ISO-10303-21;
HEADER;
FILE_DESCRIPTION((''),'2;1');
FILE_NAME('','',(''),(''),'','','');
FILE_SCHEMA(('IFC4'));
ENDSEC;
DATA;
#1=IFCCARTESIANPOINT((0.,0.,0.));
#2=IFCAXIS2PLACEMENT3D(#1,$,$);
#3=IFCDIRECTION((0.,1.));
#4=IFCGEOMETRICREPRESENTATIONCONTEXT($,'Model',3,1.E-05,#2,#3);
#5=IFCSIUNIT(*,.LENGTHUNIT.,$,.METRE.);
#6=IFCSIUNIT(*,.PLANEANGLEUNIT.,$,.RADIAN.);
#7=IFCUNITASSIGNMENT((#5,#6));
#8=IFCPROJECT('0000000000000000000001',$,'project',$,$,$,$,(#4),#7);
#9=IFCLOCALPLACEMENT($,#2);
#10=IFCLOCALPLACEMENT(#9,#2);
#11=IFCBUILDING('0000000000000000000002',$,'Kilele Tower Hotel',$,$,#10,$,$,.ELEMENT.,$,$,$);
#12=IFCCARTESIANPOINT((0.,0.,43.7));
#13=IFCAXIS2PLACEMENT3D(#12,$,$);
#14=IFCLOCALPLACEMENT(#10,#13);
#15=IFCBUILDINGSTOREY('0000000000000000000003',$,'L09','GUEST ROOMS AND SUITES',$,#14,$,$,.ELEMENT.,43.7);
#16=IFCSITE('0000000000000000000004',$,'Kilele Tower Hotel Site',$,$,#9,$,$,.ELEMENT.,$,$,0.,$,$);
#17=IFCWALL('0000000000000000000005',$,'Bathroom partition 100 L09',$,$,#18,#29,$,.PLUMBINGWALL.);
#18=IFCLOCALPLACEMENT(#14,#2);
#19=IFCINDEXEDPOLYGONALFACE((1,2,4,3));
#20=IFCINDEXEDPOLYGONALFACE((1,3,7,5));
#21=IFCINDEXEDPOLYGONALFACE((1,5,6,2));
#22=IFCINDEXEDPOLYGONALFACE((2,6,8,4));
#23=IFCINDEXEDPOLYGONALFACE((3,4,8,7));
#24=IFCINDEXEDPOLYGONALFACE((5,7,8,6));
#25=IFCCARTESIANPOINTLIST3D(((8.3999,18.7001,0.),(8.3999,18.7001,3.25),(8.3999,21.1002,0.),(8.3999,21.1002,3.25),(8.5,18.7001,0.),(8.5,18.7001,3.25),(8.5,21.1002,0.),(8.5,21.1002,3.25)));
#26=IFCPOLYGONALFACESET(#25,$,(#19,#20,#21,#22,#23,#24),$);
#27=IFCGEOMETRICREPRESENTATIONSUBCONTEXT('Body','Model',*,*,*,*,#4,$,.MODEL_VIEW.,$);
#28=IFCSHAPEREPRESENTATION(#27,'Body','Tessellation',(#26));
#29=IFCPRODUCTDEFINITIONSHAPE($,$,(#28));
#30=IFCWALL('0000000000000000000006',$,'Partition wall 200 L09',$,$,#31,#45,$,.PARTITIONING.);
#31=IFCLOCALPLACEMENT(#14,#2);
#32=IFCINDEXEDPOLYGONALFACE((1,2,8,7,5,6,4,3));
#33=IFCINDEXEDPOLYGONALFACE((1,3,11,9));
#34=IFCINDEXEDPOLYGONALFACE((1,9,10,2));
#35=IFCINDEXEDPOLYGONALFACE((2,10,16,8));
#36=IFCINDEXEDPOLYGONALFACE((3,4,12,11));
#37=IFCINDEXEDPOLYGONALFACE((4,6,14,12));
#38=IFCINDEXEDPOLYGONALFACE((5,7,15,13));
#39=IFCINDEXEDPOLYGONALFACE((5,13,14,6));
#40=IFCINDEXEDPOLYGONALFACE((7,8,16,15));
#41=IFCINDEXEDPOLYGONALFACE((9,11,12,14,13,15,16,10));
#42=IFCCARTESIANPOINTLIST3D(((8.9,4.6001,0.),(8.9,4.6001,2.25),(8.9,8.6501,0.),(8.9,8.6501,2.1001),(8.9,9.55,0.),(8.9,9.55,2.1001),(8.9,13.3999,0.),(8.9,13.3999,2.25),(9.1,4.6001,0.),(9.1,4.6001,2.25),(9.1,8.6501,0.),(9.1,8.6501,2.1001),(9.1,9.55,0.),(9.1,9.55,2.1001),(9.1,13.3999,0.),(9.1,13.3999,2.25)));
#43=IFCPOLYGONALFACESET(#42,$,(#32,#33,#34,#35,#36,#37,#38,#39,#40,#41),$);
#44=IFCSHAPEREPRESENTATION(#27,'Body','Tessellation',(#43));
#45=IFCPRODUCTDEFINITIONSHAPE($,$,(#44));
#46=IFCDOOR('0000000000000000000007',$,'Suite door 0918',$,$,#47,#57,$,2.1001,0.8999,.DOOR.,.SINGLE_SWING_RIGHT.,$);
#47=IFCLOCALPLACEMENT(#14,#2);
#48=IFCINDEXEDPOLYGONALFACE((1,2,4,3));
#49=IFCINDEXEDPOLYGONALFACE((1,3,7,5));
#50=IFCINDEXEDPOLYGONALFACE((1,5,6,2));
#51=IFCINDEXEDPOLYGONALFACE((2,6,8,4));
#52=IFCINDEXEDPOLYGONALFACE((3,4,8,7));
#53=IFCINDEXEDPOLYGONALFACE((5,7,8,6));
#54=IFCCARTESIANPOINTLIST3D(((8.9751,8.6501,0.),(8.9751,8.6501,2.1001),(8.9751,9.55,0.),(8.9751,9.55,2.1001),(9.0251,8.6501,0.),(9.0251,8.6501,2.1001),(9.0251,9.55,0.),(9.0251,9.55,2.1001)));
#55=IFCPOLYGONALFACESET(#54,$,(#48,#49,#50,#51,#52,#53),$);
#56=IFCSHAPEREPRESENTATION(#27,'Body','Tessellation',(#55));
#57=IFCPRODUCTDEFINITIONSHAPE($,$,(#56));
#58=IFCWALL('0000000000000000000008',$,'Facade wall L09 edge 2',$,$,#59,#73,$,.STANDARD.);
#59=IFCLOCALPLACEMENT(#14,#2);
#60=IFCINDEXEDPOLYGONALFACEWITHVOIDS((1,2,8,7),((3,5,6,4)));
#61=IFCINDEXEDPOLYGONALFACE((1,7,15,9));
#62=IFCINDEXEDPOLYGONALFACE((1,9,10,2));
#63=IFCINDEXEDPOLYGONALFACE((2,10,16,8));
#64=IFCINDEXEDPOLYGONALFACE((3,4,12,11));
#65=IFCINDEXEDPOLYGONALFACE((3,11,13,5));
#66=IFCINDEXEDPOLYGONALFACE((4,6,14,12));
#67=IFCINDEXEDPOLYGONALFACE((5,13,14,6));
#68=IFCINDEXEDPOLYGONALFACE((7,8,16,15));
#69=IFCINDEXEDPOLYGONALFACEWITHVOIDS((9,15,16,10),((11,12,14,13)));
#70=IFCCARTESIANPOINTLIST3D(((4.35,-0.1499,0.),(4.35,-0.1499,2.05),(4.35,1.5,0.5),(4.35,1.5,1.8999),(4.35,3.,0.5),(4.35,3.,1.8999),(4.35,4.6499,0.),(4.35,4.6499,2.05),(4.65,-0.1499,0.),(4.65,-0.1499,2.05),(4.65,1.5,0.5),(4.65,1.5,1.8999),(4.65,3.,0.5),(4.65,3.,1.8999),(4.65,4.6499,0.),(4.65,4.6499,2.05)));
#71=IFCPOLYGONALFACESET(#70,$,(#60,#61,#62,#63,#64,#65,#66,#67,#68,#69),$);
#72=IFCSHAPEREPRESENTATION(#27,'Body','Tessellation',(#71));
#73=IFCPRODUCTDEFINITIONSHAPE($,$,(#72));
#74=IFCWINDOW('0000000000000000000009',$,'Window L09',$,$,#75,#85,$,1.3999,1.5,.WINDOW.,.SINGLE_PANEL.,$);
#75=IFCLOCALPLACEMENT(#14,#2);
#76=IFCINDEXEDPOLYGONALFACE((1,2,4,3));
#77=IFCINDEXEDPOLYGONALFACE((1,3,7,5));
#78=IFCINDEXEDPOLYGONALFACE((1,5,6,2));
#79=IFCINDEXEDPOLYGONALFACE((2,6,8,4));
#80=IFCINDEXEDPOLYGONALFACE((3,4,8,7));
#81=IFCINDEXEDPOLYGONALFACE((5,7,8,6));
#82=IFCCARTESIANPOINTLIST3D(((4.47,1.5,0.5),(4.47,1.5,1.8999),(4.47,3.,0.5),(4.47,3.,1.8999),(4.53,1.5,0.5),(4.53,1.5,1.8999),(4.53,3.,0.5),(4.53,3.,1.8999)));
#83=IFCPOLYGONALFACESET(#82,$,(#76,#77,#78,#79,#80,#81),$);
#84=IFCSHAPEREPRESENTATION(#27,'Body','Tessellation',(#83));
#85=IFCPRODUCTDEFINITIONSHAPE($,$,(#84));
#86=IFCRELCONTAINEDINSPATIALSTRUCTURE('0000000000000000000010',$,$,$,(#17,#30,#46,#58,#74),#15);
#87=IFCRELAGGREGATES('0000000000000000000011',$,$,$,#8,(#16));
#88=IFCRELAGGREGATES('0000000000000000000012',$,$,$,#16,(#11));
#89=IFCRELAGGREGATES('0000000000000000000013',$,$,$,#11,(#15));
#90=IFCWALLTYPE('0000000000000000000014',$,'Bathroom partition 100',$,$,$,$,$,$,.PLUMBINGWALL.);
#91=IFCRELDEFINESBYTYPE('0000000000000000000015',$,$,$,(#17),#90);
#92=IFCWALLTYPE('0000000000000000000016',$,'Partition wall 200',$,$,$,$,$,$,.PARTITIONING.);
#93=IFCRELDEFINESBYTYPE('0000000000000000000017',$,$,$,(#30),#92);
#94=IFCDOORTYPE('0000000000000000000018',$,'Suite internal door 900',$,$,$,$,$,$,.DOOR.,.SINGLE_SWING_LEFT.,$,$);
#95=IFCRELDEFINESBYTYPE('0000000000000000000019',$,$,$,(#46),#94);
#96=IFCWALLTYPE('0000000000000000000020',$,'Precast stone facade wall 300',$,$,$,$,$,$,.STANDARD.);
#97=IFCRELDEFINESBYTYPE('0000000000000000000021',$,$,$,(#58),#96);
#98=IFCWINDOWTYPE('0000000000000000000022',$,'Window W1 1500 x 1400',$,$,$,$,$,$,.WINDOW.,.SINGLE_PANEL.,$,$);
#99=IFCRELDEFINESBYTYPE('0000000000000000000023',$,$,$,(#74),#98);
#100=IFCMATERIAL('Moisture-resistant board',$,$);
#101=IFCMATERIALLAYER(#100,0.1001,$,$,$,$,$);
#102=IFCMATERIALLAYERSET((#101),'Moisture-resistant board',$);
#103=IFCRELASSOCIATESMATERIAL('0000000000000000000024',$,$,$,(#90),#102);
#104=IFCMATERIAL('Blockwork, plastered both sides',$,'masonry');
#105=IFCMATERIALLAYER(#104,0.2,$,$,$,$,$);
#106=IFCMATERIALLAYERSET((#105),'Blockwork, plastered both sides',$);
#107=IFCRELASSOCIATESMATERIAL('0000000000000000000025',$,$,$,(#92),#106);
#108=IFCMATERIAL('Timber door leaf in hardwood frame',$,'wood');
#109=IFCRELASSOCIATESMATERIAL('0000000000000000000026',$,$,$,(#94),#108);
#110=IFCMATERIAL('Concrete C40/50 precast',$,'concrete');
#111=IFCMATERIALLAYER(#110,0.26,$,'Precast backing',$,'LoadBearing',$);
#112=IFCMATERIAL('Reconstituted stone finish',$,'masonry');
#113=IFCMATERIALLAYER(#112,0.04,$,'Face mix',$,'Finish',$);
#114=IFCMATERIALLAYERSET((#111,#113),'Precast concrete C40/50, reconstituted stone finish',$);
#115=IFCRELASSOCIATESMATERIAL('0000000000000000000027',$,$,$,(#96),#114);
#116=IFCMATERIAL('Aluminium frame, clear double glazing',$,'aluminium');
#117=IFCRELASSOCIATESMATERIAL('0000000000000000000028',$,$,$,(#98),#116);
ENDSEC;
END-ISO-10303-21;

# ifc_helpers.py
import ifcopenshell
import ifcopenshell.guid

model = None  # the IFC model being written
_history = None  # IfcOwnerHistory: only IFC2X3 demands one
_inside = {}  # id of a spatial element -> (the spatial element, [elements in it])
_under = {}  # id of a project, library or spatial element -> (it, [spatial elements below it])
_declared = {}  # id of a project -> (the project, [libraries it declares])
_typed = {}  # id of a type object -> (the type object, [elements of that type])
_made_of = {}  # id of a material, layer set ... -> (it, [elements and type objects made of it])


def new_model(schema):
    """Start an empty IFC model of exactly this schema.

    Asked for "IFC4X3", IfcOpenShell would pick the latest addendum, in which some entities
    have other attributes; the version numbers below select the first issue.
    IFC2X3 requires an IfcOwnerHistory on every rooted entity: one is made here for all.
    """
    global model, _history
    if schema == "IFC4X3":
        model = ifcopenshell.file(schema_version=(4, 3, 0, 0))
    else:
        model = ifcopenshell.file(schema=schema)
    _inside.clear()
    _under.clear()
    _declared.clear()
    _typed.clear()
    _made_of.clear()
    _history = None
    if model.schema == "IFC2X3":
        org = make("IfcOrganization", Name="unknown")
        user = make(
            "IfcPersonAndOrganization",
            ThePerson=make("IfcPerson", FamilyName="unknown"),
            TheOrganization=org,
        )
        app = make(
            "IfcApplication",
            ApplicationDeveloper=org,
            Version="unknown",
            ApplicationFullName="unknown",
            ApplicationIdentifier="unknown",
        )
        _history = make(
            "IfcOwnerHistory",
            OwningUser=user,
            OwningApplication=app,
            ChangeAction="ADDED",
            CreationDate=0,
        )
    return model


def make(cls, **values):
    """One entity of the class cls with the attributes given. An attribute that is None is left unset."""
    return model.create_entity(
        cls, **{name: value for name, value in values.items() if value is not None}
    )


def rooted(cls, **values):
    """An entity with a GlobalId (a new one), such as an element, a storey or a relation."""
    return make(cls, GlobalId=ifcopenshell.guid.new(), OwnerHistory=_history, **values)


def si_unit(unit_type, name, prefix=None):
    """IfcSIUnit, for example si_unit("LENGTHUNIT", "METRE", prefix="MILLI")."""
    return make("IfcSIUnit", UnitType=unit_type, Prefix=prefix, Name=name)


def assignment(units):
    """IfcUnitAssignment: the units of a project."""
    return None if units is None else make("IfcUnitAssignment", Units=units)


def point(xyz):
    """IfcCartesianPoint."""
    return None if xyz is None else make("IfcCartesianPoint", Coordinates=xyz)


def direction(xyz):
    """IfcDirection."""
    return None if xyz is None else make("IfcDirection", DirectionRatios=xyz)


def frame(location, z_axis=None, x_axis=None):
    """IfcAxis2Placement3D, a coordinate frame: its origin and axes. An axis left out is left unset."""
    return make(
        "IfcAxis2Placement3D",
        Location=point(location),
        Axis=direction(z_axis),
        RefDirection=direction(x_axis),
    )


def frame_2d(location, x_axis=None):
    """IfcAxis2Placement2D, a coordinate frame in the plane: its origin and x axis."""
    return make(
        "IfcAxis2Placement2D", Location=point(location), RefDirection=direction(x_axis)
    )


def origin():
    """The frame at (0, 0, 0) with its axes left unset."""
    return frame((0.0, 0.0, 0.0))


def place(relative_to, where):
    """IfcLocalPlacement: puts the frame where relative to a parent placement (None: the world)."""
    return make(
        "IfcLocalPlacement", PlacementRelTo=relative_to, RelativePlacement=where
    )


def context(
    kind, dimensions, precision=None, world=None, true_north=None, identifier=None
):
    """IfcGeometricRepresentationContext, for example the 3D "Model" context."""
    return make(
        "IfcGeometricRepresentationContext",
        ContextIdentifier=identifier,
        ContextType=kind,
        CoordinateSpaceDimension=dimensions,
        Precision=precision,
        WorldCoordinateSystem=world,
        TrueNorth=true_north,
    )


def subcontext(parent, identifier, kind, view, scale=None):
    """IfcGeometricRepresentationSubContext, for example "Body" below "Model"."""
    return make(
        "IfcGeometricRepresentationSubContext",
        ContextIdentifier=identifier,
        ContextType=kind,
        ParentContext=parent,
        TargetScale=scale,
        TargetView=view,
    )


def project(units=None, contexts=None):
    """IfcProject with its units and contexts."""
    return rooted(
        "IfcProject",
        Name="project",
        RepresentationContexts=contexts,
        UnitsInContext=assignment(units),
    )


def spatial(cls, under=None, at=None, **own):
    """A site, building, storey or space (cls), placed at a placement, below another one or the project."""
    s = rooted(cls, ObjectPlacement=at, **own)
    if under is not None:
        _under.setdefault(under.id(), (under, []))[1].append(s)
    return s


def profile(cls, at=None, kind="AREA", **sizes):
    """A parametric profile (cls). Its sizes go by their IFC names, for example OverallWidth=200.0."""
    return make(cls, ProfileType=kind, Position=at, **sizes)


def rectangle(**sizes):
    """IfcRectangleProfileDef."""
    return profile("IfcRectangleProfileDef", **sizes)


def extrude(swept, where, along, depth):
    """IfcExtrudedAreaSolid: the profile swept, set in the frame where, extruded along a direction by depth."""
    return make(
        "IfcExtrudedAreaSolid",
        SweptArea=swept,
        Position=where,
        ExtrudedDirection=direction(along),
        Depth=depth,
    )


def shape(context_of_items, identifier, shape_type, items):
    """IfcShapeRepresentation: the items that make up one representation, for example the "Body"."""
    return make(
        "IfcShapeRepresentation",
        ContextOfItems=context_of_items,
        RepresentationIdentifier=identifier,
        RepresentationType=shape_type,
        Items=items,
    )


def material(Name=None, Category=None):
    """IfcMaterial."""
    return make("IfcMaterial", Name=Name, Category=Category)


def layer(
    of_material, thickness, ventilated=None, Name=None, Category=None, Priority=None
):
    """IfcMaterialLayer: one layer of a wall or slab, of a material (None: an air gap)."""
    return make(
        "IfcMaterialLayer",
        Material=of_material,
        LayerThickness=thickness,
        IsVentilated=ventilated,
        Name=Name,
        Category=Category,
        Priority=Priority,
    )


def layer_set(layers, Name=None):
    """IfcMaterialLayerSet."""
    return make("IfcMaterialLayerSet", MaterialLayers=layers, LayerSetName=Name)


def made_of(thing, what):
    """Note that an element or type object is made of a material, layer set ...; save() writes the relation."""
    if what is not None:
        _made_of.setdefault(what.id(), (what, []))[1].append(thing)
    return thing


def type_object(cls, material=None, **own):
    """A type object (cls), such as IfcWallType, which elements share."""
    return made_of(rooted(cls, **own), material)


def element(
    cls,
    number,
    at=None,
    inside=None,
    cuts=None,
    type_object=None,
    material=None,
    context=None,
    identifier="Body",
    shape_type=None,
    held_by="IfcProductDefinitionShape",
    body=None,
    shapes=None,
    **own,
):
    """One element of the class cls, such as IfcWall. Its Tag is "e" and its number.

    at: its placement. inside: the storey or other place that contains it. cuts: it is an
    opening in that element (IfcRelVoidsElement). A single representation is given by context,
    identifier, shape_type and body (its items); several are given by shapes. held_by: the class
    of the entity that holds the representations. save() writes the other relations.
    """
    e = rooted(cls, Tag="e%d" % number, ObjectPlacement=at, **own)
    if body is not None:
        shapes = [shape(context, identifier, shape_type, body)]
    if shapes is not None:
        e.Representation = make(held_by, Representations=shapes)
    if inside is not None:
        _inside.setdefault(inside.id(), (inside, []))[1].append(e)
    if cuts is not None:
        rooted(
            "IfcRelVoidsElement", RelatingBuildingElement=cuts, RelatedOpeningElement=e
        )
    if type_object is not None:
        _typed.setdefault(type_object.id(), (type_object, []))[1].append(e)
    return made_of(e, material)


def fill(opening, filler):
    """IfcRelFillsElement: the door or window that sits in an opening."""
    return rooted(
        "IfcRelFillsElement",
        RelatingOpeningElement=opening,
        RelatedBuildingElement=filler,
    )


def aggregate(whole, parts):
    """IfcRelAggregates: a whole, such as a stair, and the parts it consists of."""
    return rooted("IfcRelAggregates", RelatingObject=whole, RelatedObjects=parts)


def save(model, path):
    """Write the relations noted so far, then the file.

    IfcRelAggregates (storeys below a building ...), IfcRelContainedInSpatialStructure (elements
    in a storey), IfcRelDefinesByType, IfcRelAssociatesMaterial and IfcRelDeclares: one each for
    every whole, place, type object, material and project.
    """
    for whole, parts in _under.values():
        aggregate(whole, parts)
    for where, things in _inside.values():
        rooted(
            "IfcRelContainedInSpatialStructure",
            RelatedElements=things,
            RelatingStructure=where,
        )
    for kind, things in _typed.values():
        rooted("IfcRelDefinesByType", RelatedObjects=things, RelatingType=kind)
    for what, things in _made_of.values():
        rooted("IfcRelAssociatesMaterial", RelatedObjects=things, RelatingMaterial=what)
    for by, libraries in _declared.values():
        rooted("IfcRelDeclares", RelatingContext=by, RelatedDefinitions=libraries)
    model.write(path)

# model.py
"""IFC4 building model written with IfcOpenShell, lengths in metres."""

from ifc_helpers import new_model, si_unit, direction, frame, frame_2d, origin, place, context, subcontext, project, spatial, rectangle, extrude, material, layer, layer_set, type_object, element, fill, save


model = new_model("IFC4")

# Units and contexts
model_context = context("Model", 3, precision=1e-05, world=origin(), true_north=direction((0.0, 1.0)))
body_context = subcontext(model_context, "Body", "Model", "MODEL_VIEW")
ifc_project = project(units=[si_unit("LENGTHUNIT", "METRE"), si_unit("PLANEANGLEUNIT", "RADIAN")], contexts=[model_context])

# Site, building, storey
site_placement = place(None, origin())
site = spatial("IfcSite", under=ifc_project, at=site_placement, Name="Kilele Tower Hotel Site", CompositionType="ELEMENT", RefElevation=0.0)
building_placement = place(site_placement, origin())
building = spatial("IfcBuilding", under=site, at=building_placement, Name="Kilele Tower Hotel", CompositionType="ELEMENT")
storey_placement = place(building_placement, frame((0.0, 0.0, 43.7)))
storey = spatial("IfcBuildingStorey", under=building, at=storey_placement, Name="L09", Description="GUEST ROOMS AND SUITES", CompositionType="ELEMENT", Elevation=43.7)

# Shared definitions
ifc_material_1 = material(Name="Moisture-resistant board")
ifc_layer_1 = layer(ifc_material_1, 0.1001)
ifc_layer_set_1 = layer_set([ifc_layer_1], Name="Moisture-resistant board")
wall_type_1 = type_object("IfcWallType", Name="Bathroom partition 100", PredefinedType="PLUMBINGWALL", material=ifc_layer_set_1)

# Wall
wall_1_placement = place(storey_placement, frame((8.45, 18.7, 0.0), z_axis=(0.0, 0.0, 1.0), x_axis=(0.0, 1.0, 0.0)))
element("IfcWall", 1, at=wall_1_placement, inside=storey, type_object=wall_type_1, Name="Bathroom partition 100 L09", PredefinedType="PLUMBINGWALL", context=body_context, shape_type="SweptSolid", body=[
    extrude(rectangle(XDim=2.4001, YDim=0.1001, at=frame_2d((1.2002, 0.0))), origin(), (0.0, 0.0, 1.0), 3.25),
])

# Wall, opening, door
ifc_material_2 = material(Name="Blockwork, plastered both sides", Category="masonry")
ifc_layer_2 = layer(ifc_material_2, 0.2)
ifc_layer_set_2 = layer_set([ifc_layer_2], Name="Blockwork, plastered both sides")
wall_type_2 = type_object("IfcWallType", Name="Partition wall 200", PredefinedType="PARTITIONING", material=ifc_layer_set_2)
wall_2_placement = place(storey_placement, frame((9.0, 4.6001, 0.0), z_axis=(0.0, 0.0, 1.0), x_axis=(0.0, 1.0, 0.0)))
wall_2 = element("IfcWall", 2, at=wall_2_placement, inside=storey, type_object=wall_type_2, Name="Partition wall 200 L09", PredefinedType="PARTITIONING", context=body_context, shape_type="SweptSolid", body=[
    extrude(rectangle(XDim=8.7998, YDim=0.2, at=frame_2d((4.3999, 0.0))), origin(), (0.0, 0.0, 1.0), 2.25),
])
opening_1_placement = place(wall_2_placement, frame((4.05, 0.0, 0.0)))
opening_1 = element("IfcOpeningElement", 3, at=opening_1_placement, cuts=wall_2, PredefinedType="OPENING", context=body_context, shape_type="SweptSolid", body=[
    extrude(rectangle(XDim=0.8999, YDim=2.1001, at=frame_2d((0.45, 1.05))), frame((0.0, 0.1099, 0.0), z_axis=(0.0, -1.0, 0.0), x_axis=(1.0, 0.0, 0.0)), (0.0, 0.0, 1.0), 0.22),
])
ifc_material_3 = material(Name="Timber door leaf in hardwood frame", Category="wood")
door_type_1 = type_object("IfcDoorType", Name="Suite internal door 900", OperationType="SINGLE_SWING_LEFT", PredefinedType="DOOR", material=ifc_material_3)
door_1_placement = place(opening_1_placement, origin())
door_1 = element("IfcDoor", 4, at=door_1_placement, inside=storey, type_object=door_type_1, Name="Suite door 0918", OperationType="SINGLE_SWING_RIGHT", OverallHeight=2.1001, OverallWidth=0.8999, PredefinedType="DOOR", context=body_context, shape_type="SweptSolid", body=[
    extrude(rectangle(XDim=0.8999, YDim=2.1001, at=frame_2d((0.45, 1.05))), frame((0.0, 0.0249, 0.0), z_axis=(0.0, -1.0, 0.0), x_axis=(1.0, 0.0, 0.0)), (0.0, 0.0, 1.0), 0.05),
])
fill(opening_1, door_1)

# Wall, opening, window
ifc_material_4 = material(Name="Concrete C40/50 precast", Category="concrete")
ifc_layer_3 = layer(ifc_material_4, 0.26, Name="Precast backing", Category="LoadBearing")
ifc_material_5 = material(Name="Reconstituted stone finish", Category="masonry")
ifc_layer_4 = layer(ifc_material_5, 0.04, Name="Face mix", Category="Finish")
ifc_layer_set_3 = layer_set([ifc_layer_3, ifc_layer_4], Name="Precast concrete C40/50, reconstituted stone finish")
wall_type_3 = type_object("IfcWallType", Name="Precast stone facade wall 300", PredefinedType="STANDARD", material=ifc_layer_set_3)
wall_3_placement = place(storey_placement, frame((4.5, 4.6499, 0.0), z_axis=(0.0, 0.0, 1.0), x_axis=(0.0, -1.0, 0.0)))
wall_3 = element("IfcWall", 5, at=wall_3_placement, inside=storey, type_object=wall_type_3, Name="Facade wall L09 edge 2", PredefinedType="STANDARD", context=body_context, shape_type="SweptSolid", body=[
    extrude(rectangle(XDim=4.7998, YDim=0.3, at=frame_2d((2.3999, 0.0))), origin(), (0.0, 0.0, 1.0), 2.05),
])
opening_2_placement = place(wall_3_placement, frame((1.6499, 0.0, 0.5)))
opening_2 = element("IfcOpeningElement", 6, at=opening_2_placement, cuts=wall_3, PredefinedType="OPENING", context=body_context, shape_type="SweptSolid", body=[
    extrude(rectangle(XDim=1.5, YDim=1.3999, at=frame_2d((0.75, 0.7))), frame((0.0, 0.1599, 0.0), z_axis=(0.0, -1.0, 0.0), x_axis=(1.0, 0.0, 0.0)), (0.0, 0.0, 1.0), 0.3201),
])
ifc_material_6 = material(Name="Aluminium frame, clear double glazing", Category="aluminium")
window_type = type_object("IfcWindowType", Name="Window W1 1500 x 1400", PartitioningType="SINGLE_PANEL", PredefinedType="WINDOW", material=ifc_material_6)
window_placement = place(opening_2_placement, origin())
window = element("IfcWindow", 7, at=window_placement, inside=storey, type_object=window_type, Name="Window L09", OverallHeight=1.3999, OverallWidth=1.5, PartitioningType="SINGLE_PANEL", PredefinedType="WINDOW", context=body_context, shape_type="SweptSolid", body=[
    extrude(rectangle(XDim=1.5, YDim=1.3999, at=frame_2d((0.75, 0.7))), frame((0.0, 0.03, 0.0), z_axis=(0.0, -1.0, 0.0), x_axis=(1.0, 0.0, 0.0)), (0.0, 0.0, 1.0), 0.0601),
])
fill(opening_2, window)

save(model, "model.ifc")
